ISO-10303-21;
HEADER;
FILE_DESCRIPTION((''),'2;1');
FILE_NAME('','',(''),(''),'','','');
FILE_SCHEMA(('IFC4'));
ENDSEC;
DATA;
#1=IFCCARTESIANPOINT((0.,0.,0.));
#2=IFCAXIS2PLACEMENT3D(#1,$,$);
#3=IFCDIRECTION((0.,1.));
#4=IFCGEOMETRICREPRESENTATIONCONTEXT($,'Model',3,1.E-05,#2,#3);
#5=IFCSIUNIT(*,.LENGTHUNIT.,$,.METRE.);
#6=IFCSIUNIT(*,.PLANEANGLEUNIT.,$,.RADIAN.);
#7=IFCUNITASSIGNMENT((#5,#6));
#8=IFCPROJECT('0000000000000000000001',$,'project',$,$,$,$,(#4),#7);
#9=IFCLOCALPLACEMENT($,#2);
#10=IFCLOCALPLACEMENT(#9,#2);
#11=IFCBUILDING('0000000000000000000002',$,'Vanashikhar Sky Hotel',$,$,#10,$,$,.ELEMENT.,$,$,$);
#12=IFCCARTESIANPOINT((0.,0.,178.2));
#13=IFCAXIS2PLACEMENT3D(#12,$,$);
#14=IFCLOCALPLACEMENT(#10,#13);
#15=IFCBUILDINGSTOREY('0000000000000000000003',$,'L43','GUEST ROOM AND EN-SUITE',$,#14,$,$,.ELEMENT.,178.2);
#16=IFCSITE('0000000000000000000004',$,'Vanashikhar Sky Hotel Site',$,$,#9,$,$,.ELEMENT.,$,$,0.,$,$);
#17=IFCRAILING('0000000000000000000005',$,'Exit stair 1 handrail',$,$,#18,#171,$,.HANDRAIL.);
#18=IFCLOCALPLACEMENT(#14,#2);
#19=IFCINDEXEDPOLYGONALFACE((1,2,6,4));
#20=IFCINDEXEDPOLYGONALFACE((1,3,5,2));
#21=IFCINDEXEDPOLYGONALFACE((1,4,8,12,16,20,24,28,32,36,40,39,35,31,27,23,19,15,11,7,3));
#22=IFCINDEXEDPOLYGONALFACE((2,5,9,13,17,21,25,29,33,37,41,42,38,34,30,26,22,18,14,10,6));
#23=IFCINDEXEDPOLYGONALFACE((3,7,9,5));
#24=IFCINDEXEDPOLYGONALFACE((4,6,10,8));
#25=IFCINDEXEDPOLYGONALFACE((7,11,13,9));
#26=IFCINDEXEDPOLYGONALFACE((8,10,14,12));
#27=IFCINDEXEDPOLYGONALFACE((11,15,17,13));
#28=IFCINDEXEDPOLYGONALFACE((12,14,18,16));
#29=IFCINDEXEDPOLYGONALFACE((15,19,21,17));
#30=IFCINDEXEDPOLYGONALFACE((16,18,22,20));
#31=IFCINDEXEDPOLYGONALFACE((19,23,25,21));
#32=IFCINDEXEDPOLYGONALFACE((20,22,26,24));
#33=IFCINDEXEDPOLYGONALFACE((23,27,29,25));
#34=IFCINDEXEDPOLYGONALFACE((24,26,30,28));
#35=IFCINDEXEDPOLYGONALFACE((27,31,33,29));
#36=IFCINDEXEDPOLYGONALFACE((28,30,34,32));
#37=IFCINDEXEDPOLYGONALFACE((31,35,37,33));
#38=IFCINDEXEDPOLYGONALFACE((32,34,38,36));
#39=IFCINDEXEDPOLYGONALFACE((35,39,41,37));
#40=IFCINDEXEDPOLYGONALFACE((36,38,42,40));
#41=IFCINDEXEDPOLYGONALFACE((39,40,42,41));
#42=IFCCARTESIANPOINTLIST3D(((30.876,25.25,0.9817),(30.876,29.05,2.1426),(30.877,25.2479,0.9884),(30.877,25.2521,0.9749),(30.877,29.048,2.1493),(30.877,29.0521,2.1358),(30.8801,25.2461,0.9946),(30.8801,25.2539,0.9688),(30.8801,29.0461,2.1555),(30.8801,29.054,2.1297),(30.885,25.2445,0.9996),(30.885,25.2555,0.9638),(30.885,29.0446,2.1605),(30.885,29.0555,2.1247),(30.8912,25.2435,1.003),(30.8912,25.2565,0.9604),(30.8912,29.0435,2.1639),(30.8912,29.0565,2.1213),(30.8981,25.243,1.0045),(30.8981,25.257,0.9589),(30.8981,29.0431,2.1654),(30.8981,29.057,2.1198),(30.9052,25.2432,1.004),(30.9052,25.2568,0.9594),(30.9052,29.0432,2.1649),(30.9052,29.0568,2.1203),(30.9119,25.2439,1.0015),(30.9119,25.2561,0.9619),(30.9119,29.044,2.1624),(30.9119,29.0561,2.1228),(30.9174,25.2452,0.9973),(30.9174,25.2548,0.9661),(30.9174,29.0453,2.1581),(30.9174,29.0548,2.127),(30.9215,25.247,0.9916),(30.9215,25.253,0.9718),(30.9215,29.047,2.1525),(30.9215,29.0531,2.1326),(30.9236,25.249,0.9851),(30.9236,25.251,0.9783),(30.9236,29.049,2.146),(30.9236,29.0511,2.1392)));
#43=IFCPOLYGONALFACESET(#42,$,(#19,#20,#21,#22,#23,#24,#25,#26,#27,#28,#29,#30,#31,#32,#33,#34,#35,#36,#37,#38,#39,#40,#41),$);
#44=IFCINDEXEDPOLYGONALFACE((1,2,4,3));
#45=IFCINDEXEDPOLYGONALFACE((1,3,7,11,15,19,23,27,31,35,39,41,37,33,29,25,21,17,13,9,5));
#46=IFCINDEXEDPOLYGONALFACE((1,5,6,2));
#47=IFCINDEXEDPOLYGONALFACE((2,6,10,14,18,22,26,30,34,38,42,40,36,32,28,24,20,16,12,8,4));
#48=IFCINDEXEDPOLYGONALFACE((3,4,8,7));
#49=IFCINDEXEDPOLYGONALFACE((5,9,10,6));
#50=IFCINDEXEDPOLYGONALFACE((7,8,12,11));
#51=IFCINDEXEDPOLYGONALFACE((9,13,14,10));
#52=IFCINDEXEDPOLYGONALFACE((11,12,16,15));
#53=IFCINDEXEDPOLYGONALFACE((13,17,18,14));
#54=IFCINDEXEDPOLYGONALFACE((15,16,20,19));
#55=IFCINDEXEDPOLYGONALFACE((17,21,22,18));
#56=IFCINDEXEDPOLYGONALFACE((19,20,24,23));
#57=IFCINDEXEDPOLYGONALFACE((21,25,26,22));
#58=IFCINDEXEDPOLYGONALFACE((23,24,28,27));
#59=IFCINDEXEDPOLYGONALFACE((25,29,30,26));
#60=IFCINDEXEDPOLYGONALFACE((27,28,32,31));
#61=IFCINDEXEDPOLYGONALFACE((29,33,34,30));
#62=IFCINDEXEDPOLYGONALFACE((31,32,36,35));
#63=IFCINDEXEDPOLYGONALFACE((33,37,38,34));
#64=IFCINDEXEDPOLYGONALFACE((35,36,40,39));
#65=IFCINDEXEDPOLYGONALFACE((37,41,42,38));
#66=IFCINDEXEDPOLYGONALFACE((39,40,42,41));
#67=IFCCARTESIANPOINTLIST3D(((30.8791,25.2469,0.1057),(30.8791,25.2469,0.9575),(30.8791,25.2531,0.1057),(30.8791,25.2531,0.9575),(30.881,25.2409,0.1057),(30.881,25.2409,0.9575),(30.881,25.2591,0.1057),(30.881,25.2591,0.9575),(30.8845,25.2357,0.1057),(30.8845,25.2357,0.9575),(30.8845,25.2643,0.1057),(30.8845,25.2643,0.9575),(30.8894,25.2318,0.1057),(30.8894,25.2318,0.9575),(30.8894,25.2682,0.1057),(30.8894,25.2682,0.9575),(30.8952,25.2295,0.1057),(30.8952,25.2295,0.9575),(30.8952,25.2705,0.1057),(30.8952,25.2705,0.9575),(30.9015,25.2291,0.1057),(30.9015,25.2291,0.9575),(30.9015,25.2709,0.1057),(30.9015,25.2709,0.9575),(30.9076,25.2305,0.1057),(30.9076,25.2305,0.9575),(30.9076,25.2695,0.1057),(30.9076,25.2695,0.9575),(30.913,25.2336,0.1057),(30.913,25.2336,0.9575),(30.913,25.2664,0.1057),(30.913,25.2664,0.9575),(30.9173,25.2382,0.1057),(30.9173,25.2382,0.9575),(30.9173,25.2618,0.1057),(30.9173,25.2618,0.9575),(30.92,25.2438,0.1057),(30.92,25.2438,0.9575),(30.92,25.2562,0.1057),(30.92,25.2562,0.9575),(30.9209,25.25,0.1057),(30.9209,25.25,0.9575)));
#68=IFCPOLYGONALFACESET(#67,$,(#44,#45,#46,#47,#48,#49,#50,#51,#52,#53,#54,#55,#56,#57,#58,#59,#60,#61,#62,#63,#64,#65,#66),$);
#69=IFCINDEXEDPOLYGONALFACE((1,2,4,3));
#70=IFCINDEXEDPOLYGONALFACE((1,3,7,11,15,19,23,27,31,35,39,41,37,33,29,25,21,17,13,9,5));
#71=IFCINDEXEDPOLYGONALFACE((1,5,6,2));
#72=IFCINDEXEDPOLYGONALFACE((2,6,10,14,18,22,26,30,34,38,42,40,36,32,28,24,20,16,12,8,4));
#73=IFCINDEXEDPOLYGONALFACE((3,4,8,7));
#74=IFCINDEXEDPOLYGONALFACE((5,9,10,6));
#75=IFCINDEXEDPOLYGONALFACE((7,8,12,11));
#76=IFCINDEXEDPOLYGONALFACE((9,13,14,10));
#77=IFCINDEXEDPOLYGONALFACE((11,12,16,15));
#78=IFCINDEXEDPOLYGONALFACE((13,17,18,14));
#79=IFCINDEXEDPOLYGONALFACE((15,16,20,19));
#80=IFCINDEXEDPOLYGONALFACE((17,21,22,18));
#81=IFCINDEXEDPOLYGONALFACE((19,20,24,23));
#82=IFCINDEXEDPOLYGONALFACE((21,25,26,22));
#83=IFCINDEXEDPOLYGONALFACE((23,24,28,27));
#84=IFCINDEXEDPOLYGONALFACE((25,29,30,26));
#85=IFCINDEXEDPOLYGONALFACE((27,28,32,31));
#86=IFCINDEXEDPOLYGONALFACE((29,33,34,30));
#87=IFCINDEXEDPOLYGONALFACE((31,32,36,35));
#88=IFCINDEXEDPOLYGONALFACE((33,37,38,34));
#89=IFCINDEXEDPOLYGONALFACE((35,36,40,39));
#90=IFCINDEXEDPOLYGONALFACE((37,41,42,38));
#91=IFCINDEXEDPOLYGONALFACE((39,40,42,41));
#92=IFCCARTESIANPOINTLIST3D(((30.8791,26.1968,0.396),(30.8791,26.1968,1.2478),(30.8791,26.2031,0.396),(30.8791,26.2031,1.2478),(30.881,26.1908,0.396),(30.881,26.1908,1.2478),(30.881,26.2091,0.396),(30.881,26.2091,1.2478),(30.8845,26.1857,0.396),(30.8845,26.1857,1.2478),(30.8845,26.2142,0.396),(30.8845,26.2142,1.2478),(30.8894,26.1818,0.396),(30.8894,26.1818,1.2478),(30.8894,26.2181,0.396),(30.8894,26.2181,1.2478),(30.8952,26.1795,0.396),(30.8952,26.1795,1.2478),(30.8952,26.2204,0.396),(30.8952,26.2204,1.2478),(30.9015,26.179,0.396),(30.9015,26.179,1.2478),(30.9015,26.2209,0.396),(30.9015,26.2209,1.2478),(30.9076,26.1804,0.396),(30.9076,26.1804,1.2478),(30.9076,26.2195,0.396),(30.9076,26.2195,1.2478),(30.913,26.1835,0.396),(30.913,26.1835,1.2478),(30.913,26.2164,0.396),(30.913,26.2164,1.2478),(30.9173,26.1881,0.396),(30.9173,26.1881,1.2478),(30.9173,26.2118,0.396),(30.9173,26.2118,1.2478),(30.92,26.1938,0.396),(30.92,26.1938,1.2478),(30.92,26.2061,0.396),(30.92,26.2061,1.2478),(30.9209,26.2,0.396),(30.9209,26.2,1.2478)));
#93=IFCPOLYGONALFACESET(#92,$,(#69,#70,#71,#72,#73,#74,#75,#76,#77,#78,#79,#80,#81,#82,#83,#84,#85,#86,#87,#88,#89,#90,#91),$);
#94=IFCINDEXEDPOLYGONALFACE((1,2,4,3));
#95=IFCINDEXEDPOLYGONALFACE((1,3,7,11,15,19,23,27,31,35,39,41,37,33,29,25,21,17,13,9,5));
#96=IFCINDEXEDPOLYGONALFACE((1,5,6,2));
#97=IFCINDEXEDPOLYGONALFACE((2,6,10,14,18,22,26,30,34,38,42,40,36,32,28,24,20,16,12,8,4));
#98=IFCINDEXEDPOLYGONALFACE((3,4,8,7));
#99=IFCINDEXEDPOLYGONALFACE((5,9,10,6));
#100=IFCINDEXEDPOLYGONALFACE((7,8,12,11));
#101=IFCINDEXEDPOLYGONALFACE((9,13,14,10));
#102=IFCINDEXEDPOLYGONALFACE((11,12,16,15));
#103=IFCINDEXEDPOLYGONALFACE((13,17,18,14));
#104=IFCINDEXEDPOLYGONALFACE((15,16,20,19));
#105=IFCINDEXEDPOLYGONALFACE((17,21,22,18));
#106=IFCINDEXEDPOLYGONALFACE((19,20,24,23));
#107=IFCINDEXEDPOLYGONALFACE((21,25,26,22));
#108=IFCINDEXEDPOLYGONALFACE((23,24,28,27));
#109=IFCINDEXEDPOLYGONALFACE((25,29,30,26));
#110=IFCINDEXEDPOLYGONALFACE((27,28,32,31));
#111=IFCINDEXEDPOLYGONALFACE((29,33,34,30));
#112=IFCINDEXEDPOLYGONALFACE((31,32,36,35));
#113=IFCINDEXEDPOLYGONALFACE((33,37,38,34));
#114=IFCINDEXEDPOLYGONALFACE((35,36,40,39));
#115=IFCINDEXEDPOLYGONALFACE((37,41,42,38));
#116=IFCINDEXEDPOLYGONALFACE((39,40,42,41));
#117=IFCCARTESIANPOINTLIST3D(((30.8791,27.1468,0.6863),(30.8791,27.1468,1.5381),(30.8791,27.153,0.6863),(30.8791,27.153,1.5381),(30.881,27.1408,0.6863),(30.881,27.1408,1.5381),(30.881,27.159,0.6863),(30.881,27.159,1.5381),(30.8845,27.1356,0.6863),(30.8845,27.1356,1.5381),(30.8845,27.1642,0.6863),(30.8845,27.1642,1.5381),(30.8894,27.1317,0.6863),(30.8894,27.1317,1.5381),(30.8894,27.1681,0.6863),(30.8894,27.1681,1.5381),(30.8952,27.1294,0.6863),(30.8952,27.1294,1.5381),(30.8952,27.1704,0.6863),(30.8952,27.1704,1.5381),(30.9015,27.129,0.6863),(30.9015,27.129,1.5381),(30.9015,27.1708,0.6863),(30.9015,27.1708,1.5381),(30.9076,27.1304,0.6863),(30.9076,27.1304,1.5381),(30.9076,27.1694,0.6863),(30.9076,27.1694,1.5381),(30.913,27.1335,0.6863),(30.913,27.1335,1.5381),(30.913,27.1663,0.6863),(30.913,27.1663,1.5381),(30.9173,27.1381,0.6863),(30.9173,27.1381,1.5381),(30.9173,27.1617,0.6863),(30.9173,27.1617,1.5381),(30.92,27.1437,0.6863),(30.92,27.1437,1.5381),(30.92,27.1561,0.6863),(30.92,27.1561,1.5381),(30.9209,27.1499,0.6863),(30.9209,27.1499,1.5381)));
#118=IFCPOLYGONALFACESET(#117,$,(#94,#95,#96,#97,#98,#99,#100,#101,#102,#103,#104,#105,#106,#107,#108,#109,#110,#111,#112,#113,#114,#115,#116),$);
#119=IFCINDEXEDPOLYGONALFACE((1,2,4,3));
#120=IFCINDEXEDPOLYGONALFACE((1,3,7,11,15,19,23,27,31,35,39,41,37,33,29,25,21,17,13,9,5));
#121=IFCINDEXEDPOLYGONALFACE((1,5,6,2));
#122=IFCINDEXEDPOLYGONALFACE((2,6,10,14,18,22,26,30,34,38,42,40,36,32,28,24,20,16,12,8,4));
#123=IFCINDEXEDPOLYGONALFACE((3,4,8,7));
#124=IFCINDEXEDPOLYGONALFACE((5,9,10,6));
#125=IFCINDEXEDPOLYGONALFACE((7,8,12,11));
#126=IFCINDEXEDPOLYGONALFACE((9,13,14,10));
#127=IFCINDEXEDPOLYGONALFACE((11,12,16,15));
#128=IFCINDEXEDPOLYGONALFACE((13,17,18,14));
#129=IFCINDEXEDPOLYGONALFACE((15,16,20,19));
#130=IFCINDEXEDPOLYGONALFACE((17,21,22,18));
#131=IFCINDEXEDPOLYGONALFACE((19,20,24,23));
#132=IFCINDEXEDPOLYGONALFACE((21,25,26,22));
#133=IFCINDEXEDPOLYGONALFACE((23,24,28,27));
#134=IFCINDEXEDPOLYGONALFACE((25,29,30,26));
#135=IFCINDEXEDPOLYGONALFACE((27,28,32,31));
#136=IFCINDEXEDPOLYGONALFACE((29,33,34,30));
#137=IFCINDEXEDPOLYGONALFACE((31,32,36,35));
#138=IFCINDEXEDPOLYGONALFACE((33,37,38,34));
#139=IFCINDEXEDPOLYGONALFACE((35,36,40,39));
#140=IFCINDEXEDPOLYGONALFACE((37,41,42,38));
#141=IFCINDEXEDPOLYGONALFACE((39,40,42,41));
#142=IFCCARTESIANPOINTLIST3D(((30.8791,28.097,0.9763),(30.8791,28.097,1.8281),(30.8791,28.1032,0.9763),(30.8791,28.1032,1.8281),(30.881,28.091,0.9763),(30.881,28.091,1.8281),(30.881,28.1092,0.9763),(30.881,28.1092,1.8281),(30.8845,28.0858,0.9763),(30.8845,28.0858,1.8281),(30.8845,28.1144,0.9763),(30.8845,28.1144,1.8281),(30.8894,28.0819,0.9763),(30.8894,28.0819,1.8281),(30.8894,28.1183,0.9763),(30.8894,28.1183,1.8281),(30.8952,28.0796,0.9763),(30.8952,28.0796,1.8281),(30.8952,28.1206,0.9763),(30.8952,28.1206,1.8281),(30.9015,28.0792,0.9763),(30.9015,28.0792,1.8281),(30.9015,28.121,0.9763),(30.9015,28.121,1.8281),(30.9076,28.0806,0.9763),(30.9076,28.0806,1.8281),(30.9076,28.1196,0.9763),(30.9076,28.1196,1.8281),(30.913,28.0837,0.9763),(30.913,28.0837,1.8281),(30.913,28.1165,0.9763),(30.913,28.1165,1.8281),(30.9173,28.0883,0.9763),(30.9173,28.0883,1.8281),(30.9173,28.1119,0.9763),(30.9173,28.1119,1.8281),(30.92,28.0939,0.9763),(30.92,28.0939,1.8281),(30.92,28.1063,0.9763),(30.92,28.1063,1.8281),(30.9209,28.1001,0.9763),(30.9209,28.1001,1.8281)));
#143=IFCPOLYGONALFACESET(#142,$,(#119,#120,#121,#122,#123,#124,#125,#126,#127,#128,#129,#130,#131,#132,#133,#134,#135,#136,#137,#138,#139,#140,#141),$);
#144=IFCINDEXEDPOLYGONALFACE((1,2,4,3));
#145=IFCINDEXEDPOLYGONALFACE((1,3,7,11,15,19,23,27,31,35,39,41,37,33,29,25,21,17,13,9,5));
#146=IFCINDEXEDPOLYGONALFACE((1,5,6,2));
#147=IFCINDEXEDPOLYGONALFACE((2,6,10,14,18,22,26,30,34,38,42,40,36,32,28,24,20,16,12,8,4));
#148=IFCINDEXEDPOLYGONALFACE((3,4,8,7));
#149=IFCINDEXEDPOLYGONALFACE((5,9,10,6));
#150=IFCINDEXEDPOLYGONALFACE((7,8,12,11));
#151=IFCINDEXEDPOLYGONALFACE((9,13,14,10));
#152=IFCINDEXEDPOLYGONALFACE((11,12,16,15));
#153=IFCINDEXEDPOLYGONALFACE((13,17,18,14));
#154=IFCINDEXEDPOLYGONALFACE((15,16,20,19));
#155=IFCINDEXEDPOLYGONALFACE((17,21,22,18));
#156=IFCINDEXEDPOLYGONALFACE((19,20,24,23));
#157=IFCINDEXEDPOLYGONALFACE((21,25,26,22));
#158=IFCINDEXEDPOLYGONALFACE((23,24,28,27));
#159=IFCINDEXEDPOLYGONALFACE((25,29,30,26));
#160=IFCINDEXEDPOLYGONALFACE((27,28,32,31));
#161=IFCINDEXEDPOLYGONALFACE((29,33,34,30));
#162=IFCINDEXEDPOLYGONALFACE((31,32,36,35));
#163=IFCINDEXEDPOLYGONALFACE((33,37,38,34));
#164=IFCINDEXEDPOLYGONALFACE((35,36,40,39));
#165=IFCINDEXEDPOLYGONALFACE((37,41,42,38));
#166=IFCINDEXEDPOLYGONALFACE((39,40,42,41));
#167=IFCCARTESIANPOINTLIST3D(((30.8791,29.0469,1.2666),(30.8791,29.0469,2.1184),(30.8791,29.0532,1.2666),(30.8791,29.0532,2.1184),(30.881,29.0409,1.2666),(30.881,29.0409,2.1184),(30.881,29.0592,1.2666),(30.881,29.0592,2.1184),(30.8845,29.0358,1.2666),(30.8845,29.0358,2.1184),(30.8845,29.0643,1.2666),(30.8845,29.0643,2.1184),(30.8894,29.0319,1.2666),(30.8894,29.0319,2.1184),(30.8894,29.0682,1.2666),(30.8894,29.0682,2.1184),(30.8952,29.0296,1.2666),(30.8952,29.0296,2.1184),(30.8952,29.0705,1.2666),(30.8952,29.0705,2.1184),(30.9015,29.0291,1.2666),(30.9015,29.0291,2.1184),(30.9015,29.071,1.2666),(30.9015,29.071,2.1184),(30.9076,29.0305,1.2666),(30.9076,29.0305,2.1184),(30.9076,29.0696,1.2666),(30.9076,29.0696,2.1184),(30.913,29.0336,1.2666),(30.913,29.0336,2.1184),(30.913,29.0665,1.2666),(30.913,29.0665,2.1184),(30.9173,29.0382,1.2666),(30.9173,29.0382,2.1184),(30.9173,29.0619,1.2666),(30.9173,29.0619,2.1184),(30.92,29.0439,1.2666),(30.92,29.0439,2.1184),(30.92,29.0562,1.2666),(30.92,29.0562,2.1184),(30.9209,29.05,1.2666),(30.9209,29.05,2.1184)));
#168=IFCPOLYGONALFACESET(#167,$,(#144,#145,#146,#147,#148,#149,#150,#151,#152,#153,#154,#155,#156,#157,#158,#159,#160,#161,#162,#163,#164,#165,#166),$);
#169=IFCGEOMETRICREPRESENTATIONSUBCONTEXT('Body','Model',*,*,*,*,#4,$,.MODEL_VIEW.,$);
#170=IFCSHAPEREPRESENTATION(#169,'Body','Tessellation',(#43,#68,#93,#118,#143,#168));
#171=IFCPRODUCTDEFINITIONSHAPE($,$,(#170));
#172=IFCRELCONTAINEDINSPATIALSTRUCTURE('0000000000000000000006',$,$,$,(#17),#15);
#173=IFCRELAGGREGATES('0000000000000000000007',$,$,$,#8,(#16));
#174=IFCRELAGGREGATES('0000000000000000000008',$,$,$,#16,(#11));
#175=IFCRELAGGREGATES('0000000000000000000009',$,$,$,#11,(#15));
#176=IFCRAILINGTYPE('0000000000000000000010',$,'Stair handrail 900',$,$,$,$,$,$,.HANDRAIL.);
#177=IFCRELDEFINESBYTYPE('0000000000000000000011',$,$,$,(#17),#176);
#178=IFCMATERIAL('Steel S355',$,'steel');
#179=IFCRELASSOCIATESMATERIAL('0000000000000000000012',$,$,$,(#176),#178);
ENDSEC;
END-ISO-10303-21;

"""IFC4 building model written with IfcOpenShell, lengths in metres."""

from ifc_helpers import new_model, si_unit, direction, frame, origin, origin_2d, place, context, subcontext, project, spatial, circle, extrude, source, transform, mapped, material, type_object, element, save


model = new_model("IFC4")

# Units and contexts
model_context = context("Model", 3, precision=1e-05, world=origin(), true_north=direction((0.0, 1.0)))
body_context = subcontext(model_context, "Body", "Model", "MODEL_VIEW")
ifc_project = project(units=[si_unit("LENGTHUNIT", "METRE"), si_unit("PLANEANGLEUNIT", "RADIAN")], contexts=[model_context])

# Site, building, storey
site_placement = place(None, origin())
site = spatial("IfcSite", under=ifc_project, at=site_placement, Name="Vanashikhar Sky Hotel Site", CompositionType="ELEMENT", RefElevation=0.0)
building_placement = place(site_placement, origin())
building = spatial("IfcBuilding", under=site, at=building_placement, Name="Vanashikhar Sky Hotel", CompositionType="ELEMENT")
storey_placement = place(building_placement, frame((0.0, 0.0, 178.2)))
storey = spatial("IfcBuildingStorey", under=building, at=storey_placement, Name="L43", Description="GUEST ROOM AND EN-SUITE", CompositionType="ELEMENT", Elevation=178.2)

# Railing
ifc_material_1 = material(Name="Steel S355", Category="steel")
railing_type = type_object("IfcRailingType", Name="Stair handrail 900", PredefinedType="HANDRAIL", material=ifc_material_1)
shared_shape_1 = source(origin(), body_context, "Body", "SweptSolid", [
    extrude(circle(Radius=0.0239, at=origin_2d()), frame((0.0, 0.0, 0.876), z_axis=(0.0, 0.956368, 0.292164), x_axis=(-1.0, 0.0, 0.0)), (0.0, 0.0, 1.0), 3.9734),
    extrude(circle(Radius=0.021, at=origin_2d()), origin(), (0.0, 0.0, 1.0), 0.8518),
    extrude(circle(Radius=0.021, at=origin_2d()), frame((0.0, 0.95, 0.2903)), (0.0, 0.0, 1.0), 0.8518),
    extrude(circle(Radius=0.021, at=origin_2d()), frame((0.0, 1.8999, 0.5806)), (0.0, 0.0, 1.0), 0.8518),
    extrude(circle(Radius=0.021, at=origin_2d()), frame((0.0, 2.8501, 0.8706)), (0.0, 0.0, 1.0), 0.8518),
    extrude(circle(Radius=0.021, at=origin_2d()), frame((0.0, 3.8, 1.1609)), (0.0, 0.0, 1.0), 0.8518),
])
for number, where, name in (
    (1, (30.8999, 25.25, 0.1057), "Exit stair 1 handrail"),
):
    element("IfcRailing", number, at=place(storey_placement, frame(where)), inside=storey, type_object=railing_type, Name=name, PredefinedType="HANDRAIL", context=body_context, shape_type="MappedRepresentation", body=[
        mapped(shared_shape_1, transform((0.0, 0.0, 0.0), scale=1.0)),
    ])

save(model, "model.ifc")
